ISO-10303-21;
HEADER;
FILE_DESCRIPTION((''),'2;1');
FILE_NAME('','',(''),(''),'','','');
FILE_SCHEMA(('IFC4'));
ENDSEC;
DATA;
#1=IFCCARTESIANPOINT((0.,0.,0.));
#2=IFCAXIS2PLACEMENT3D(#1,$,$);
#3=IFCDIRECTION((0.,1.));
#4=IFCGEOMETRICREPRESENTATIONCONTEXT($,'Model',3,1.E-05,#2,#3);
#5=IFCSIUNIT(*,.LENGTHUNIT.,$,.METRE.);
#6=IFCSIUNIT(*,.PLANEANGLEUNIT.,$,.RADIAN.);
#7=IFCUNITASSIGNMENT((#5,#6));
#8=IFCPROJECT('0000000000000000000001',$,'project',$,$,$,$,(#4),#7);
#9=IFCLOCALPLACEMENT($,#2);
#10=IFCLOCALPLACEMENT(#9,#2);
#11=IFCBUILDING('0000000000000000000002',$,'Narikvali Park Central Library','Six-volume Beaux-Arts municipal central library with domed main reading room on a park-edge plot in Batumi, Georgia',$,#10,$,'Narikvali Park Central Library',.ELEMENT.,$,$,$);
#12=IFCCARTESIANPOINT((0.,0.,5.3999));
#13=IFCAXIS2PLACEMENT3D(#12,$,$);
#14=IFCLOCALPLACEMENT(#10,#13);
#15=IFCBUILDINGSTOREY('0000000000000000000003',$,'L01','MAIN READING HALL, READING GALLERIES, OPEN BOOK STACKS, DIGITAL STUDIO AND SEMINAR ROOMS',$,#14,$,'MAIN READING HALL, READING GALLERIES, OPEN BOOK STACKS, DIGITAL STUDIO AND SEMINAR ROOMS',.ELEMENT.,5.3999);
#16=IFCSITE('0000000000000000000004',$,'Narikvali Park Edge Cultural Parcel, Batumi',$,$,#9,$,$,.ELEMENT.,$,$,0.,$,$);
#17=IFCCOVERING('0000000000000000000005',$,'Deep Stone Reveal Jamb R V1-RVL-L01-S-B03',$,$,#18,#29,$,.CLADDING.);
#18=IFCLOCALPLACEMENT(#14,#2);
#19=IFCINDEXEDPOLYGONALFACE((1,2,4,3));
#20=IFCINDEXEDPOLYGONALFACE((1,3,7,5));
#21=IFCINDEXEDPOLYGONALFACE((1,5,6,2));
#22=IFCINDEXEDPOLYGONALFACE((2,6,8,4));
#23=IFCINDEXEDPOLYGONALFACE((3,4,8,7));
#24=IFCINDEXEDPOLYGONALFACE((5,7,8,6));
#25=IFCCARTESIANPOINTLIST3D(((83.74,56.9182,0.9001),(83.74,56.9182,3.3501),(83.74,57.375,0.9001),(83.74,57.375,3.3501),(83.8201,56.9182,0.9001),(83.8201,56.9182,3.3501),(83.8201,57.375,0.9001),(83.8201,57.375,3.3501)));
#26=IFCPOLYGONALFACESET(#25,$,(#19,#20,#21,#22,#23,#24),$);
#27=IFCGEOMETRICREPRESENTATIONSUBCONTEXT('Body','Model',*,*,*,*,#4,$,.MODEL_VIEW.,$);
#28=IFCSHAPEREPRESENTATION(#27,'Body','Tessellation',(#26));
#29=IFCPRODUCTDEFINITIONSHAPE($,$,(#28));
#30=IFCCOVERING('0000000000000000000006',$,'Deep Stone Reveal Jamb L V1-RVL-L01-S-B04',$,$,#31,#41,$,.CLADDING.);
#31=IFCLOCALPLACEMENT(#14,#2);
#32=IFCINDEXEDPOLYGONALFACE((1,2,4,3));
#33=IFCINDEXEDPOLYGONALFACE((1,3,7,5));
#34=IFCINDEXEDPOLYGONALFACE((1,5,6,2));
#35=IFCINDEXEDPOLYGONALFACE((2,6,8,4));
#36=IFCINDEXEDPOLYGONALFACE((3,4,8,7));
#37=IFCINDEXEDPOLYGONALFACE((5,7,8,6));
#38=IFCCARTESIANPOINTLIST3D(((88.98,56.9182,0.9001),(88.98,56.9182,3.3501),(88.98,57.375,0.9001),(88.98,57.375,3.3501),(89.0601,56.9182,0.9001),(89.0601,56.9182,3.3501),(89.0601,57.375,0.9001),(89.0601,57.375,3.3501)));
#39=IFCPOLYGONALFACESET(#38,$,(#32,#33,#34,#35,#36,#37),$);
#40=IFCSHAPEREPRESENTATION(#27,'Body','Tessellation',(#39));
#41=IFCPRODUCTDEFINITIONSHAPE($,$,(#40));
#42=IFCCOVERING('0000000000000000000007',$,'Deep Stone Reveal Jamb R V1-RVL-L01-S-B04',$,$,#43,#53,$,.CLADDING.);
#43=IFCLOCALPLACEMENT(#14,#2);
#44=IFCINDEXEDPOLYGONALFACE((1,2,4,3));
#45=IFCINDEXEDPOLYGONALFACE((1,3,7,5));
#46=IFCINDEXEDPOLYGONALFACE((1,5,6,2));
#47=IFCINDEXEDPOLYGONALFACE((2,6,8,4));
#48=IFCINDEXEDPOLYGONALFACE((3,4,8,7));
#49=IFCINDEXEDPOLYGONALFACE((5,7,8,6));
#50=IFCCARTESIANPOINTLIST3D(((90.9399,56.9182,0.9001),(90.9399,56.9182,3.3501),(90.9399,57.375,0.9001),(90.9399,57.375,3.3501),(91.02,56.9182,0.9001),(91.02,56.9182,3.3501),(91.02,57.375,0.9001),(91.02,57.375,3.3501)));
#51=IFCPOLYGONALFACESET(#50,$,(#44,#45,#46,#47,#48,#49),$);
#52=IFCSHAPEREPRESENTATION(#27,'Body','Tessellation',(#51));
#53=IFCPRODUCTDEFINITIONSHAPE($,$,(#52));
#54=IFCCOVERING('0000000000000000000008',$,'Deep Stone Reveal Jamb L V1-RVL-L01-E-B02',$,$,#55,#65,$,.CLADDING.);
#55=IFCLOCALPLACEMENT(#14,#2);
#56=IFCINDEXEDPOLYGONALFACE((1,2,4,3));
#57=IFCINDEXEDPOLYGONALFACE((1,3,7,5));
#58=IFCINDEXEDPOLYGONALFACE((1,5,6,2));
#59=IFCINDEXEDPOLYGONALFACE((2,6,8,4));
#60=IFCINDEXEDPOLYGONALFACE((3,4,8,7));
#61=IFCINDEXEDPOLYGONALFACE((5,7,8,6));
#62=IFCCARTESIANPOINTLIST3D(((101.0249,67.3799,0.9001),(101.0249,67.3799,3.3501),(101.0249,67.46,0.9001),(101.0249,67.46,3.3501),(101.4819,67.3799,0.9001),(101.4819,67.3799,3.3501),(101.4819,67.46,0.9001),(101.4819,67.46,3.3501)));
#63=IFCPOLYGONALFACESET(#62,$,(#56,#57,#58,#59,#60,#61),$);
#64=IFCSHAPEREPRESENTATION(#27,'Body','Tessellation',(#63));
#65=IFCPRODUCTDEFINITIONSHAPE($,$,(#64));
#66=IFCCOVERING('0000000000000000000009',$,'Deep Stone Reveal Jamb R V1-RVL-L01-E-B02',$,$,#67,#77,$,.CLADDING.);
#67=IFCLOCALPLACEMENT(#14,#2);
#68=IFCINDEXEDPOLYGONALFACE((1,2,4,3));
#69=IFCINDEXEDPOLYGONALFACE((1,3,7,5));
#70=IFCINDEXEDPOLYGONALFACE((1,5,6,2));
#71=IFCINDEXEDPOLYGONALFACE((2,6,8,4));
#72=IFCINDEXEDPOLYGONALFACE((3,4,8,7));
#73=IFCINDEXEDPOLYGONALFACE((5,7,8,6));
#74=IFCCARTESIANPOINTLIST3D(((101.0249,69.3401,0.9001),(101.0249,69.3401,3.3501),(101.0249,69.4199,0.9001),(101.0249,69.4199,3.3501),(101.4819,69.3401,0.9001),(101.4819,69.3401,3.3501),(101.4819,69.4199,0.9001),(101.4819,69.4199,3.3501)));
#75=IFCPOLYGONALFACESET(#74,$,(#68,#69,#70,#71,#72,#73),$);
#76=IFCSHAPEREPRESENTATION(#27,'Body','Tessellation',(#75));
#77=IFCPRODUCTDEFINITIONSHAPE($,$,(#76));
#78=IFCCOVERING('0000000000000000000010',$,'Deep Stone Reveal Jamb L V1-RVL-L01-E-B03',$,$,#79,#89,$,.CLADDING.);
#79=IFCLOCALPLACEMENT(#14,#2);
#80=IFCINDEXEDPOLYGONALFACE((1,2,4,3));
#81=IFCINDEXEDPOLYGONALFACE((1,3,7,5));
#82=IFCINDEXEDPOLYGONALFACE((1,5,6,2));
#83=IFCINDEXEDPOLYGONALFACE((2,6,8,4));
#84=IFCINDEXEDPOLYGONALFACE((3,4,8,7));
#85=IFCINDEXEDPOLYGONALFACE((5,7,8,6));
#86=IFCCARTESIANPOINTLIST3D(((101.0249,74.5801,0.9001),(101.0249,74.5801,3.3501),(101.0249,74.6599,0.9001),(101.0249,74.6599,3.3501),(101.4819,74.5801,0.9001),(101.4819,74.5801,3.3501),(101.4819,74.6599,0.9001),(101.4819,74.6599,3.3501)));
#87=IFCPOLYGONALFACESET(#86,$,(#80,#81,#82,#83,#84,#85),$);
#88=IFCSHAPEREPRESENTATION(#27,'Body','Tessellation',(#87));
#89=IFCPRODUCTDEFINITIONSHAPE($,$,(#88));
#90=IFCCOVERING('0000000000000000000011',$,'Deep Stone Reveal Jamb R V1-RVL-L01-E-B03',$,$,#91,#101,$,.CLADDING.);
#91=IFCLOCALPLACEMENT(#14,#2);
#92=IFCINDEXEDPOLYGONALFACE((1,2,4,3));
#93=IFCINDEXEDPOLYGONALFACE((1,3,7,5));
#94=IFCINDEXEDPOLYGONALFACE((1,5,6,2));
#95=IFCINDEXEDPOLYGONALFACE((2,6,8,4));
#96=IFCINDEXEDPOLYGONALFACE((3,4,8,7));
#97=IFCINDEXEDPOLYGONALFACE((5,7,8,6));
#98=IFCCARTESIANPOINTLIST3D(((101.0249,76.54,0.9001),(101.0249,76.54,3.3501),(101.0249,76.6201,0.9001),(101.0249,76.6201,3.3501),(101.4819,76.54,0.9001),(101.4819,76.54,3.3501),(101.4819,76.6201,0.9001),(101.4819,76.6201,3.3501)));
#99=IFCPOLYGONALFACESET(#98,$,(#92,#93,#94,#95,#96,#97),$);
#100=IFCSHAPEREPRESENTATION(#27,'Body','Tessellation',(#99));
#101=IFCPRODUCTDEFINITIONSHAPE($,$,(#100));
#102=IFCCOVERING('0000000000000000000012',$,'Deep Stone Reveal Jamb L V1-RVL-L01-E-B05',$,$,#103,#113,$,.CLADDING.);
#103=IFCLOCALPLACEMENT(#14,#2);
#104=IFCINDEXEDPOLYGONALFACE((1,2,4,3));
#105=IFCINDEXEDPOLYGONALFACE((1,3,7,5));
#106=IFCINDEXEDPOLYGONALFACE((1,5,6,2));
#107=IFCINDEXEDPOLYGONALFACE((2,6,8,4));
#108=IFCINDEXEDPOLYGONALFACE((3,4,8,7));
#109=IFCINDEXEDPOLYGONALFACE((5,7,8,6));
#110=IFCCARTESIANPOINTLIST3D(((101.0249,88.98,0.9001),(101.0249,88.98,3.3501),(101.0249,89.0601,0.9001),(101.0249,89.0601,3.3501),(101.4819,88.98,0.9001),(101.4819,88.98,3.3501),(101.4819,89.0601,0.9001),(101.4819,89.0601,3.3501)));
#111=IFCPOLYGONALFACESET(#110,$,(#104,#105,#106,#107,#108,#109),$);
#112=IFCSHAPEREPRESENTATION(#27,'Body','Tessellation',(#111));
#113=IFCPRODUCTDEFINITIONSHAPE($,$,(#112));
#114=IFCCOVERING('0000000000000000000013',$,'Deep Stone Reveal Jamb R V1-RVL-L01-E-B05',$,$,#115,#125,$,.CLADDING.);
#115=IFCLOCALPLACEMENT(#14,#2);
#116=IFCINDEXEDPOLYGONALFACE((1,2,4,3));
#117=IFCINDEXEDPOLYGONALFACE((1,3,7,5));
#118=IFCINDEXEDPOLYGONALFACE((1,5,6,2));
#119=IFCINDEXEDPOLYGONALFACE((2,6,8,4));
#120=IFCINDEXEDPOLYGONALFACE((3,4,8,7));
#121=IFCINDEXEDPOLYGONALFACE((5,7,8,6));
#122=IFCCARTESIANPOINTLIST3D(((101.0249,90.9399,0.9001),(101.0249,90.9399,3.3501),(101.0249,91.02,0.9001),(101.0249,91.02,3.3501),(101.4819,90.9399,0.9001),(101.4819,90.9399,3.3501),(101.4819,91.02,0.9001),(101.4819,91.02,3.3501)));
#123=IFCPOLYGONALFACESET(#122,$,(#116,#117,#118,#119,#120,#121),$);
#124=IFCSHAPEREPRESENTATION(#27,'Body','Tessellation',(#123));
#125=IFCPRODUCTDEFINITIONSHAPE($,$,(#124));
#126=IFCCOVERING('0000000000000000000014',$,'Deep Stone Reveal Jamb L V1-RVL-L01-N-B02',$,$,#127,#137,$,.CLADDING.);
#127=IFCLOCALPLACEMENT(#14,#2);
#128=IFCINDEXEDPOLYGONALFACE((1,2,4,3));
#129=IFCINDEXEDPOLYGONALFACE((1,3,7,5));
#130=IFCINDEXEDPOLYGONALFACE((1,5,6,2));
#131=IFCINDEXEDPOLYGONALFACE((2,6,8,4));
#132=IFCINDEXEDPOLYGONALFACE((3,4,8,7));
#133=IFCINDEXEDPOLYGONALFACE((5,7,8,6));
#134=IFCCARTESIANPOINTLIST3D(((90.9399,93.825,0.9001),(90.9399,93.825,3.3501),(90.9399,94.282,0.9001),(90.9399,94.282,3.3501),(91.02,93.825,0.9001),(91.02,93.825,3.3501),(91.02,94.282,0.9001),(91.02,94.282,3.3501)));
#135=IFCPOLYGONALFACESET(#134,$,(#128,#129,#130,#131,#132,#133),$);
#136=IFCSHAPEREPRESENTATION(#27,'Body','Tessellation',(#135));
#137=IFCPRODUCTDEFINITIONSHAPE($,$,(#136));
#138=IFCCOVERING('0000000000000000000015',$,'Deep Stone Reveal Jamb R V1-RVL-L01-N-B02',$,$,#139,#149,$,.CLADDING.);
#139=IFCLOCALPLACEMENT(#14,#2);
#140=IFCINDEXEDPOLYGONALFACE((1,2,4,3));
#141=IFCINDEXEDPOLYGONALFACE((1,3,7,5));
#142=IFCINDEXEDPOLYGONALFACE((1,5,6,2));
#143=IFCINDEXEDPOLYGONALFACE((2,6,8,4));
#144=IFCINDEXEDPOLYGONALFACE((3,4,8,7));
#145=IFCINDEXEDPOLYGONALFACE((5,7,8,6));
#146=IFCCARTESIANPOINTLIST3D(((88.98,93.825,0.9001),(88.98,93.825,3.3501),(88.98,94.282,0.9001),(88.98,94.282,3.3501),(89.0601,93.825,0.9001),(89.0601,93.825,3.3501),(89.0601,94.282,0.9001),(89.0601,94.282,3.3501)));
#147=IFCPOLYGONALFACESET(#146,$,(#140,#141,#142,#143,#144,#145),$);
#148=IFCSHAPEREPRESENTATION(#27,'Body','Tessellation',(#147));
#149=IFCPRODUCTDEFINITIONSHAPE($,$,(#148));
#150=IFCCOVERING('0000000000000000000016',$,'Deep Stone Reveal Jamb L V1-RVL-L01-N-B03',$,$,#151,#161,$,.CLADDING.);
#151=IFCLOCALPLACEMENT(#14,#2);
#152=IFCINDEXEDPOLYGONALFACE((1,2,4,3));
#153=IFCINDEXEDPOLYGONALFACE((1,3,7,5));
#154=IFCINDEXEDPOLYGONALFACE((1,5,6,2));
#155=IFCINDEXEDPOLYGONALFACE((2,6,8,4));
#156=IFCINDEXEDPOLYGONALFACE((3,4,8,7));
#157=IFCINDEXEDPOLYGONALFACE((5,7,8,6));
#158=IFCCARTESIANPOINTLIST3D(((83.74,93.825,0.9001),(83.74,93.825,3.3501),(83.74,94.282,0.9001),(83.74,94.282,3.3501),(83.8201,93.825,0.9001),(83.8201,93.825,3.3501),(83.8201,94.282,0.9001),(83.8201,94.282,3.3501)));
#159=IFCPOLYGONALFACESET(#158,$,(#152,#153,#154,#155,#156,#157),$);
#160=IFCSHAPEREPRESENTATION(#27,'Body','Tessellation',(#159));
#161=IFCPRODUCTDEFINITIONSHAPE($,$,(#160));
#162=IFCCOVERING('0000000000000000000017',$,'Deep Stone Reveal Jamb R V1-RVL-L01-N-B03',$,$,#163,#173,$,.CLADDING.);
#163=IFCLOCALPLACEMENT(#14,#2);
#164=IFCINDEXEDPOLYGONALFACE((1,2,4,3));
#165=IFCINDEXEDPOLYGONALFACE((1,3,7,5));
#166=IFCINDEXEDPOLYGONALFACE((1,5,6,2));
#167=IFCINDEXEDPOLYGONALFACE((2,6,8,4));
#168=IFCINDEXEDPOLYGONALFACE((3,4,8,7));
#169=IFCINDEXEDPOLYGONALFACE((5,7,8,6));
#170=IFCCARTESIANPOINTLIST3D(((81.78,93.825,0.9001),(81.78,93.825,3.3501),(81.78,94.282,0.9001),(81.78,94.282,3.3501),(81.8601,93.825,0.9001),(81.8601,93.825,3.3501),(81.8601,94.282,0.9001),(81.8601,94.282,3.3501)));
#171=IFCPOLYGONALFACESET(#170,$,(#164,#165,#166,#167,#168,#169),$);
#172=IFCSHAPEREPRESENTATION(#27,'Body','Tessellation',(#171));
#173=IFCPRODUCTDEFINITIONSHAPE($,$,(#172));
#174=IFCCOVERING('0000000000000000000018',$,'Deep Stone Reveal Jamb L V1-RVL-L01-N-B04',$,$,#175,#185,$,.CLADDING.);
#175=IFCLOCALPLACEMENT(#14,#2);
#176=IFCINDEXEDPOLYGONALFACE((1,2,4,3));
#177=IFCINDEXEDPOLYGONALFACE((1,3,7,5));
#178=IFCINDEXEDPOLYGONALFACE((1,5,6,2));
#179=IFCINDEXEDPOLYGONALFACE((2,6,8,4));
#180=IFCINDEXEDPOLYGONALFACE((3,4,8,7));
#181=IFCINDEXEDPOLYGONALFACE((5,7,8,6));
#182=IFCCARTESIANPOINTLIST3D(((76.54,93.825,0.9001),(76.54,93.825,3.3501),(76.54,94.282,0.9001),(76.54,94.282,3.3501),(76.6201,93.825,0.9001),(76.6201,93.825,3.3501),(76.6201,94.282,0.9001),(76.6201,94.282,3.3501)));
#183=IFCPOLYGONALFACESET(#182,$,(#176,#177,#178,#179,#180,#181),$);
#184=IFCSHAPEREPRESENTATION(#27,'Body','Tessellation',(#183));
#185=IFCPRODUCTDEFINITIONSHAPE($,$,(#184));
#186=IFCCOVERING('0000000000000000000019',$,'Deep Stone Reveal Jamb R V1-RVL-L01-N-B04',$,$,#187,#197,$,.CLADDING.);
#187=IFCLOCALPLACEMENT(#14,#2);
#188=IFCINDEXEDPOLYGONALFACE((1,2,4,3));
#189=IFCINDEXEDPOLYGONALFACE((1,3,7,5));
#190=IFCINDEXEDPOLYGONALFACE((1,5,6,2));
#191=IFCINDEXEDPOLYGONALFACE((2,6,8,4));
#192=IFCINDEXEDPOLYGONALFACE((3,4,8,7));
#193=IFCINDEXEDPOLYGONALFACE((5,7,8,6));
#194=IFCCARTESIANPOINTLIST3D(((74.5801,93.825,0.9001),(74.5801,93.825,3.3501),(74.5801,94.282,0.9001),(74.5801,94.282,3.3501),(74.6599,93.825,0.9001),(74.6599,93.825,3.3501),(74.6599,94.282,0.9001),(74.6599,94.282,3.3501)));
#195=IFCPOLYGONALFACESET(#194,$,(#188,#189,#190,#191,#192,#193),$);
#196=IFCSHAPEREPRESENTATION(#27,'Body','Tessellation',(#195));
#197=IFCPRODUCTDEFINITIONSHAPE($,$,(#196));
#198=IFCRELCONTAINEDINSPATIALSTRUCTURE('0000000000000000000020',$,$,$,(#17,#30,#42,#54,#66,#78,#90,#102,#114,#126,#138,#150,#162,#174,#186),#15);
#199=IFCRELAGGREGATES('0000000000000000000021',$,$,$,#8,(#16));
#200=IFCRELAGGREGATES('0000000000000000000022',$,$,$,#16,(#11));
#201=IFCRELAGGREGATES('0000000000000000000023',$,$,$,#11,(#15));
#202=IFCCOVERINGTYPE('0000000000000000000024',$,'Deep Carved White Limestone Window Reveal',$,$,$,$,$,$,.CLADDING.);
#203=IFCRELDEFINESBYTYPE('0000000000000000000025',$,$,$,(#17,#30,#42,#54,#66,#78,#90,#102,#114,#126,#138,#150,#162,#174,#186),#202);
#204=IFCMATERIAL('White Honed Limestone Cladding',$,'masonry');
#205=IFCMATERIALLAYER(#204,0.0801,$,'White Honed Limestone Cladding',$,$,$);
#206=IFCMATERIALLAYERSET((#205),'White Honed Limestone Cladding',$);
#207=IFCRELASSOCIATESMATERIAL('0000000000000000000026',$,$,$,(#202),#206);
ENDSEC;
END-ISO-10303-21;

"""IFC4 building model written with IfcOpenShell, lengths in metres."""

from ifc_helpers import new_model, si_unit, direction, frame, origin, place, context, subcontext, project, spatial, polyline, outline, extrude, material, layer, layer_set, type_object, element, save


model = new_model("IFC4")

# Units and contexts
model_context = context("Model", 3, precision=1e-05, world=origin(), true_north=direction((0.0, 1.0)))
body_context = subcontext(model_context, "Body", "Model", "MODEL_VIEW")
ifc_project = project(units=[si_unit("LENGTHUNIT", "METRE"), si_unit("PLANEANGLEUNIT", "RADIAN")], contexts=[model_context])

# Site, building, storey
site_placement = place(None, origin())
site = spatial("IfcSite", under=ifc_project, at=site_placement, Name="Narikvali Park Edge Cultural Parcel, Batumi", CompositionType="ELEMENT", RefElevation=0.0)
building_placement = place(site_placement, origin())
building = spatial("IfcBuilding", under=site, at=building_placement, Name="Narikvali Park Central Library", Description="Six-volume Beaux-Arts municipal central library with domed main reading room on a park-edge plot in Batumi, Georgia", LongName="Narikvali Park Central Library", CompositionType="ELEMENT")
storey_placement = place(building_placement, frame((0.0, 0.0, 5.3999)))
storey = spatial("IfcBuildingStorey", under=building, at=storey_placement, Name="L01", Description="MAIN READING HALL, READING GALLERIES, OPEN BOOK STACKS, DIGITAL STUDIO AND SEMINAR ROOMS", LongName="MAIN READING HALL, READING GALLERIES, OPEN BOOK STACKS, DIGITAL STUDIO AND SEMINAR ROOMS", CompositionType="ELEMENT", Elevation=5.3999)

# Coverings
ifc_material = material(Name="White Honed Limestone Cladding", Category="masonry")
ifc_layer = layer(ifc_material, 0.0801, Name="White Honed Limestone Cladding")
ifc_layer_set = layer_set([ifc_layer], Name="White Honed Limestone Cladding")
covering_type = type_object("IfcCoveringType", Name="Deep Carved White Limestone Window Reveal", PredefinedType="CLADDING", material=ifc_layer_set)
covering_1_placement = place(storey_placement, frame((0.0, 0.0, 0.9001)))
element("IfcCovering", 1, at=covering_1_placement, inside=storey, type_object=covering_type, Name="Deep Stone Reveal Jamb R V1-RVL-L01-S-B03", PredefinedType="CLADDING", context=body_context, shape_type="SweptSolid", body=[
    extrude(outline(polyline([(83.74, 57.375), (83.8201, 57.375), (83.8201, 56.9182), (83.74, 56.9182), (83.74, 57.375)])), origin(), (0.0, 0.0, 1.0), 2.45),
])
covering_2_placement = place(storey_placement, frame((0.0, 0.0, 0.9001)))
element("IfcCovering", 2, at=covering_2_placement, inside=storey, type_object=covering_type, Name="Deep Stone Reveal Jamb L V1-RVL-L01-S-B04", PredefinedType="CLADDING", context=body_context, shape_type="SweptSolid", body=[
    extrude(outline(polyline([(88.98, 57.375), (89.0601, 57.375), (89.0601, 56.9182), (88.98, 56.9182), (88.98, 57.375)])), origin(), (0.0, 0.0, 1.0), 2.45),
])
covering_3_placement = place(storey_placement, frame((0.0, 0.0, 0.9001)))
element("IfcCovering", 3, at=covering_3_placement, inside=storey, type_object=covering_type, Name="Deep Stone Reveal Jamb R V1-RVL-L01-S-B04", PredefinedType="CLADDING", context=body_context, shape_type="SweptSolid", body=[
    extrude(outline(polyline([(90.9399, 57.375), (91.02, 57.375), (91.02, 56.9182), (90.9399, 56.9182), (90.9399, 57.375)])), origin(), (0.0, 0.0, 1.0), 2.45),
])
covering_4_placement = place(storey_placement, frame((0.0, 0.0, 0.9001)))
element("IfcCovering", 4, at=covering_4_placement, inside=storey, type_object=covering_type, Name="Deep Stone Reveal Jamb L V1-RVL-L01-E-B02", PredefinedType="CLADDING", context=body_context, shape_type="SweptSolid", body=[
    extrude(outline(polyline([(101.0249, 67.3799), (101.0249, 67.46), (101.4819, 67.46), (101.4819, 67.3799), (101.0249, 67.3799)])), origin(), (0.0, 0.0, 1.0), 2.45),
])
covering_5_placement = place(storey_placement, frame((0.0, 0.0, 0.9001)))
element("IfcCovering", 5, at=covering_5_placement, inside=storey, type_object=covering_type, Name="Deep Stone Reveal Jamb R V1-RVL-L01-E-B02", PredefinedType="CLADDING", context=body_context, shape_type="SweptSolid", body=[
    extrude(outline(polyline([(101.0249, 69.3401), (101.0249, 69.4199), (101.4819, 69.4199), (101.4819, 69.3401), (101.0249, 69.3401)])), origin(), (0.0, 0.0, 1.0), 2.45),
])
covering_6_placement = place(storey_placement, frame((0.0, 0.0, 0.9001)))
element("IfcCovering", 6, at=covering_6_placement, inside=storey, type_object=covering_type, Name="Deep Stone Reveal Jamb L V1-RVL-L01-E-B03", PredefinedType="CLADDING", context=body_context, shape_type="SweptSolid", body=[
    extrude(outline(polyline([(101.0249, 74.5801), (101.0249, 74.6599), (101.4819, 74.6599), (101.4819, 74.5801), (101.0249, 74.5801)])), origin(), (0.0, 0.0, 1.0), 2.45),
])
covering_7_placement = place(storey_placement, frame((0.0, 0.0, 0.9001)))
element("IfcCovering", 7, at=covering_7_placement, inside=storey, type_object=covering_type, Name="Deep Stone Reveal Jamb R V1-RVL-L01-E-B03", PredefinedType="CLADDING", context=body_context, shape_type="SweptSolid", body=[
    extrude(outline(polyline([(101.0249, 76.54), (101.0249, 76.6201), (101.4819, 76.6201), (101.4819, 76.54), (101.0249, 76.54)])), origin(), (0.0, 0.0, 1.0), 2.45),
])
covering_8_placement = place(storey_placement, frame((0.0, 0.0, 0.9001)))
element("IfcCovering", 8, at=covering_8_placement, inside=storey, type_object=covering_type, Name="Deep Stone Reveal Jamb L V1-RVL-L01-E-B05", PredefinedType="CLADDING", context=body_context, shape_type="SweptSolid", body=[
    extrude(outline(polyline([(101.0249, 88.98), (101.0249, 89.0601), (101.4819, 89.0601), (101.4819, 88.98), (101.0249, 88.98)])), origin(), (0.0, 0.0, 1.0), 2.45),
])
covering_9_placement = place(storey_placement, frame((0.0, 0.0, 0.9001)))
element("IfcCovering", 9, at=covering_9_placement, inside=storey, type_object=covering_type, Name="Deep Stone Reveal Jamb R V1-RVL-L01-E-B05", PredefinedType="CLADDING", context=body_context, shape_type="SweptSolid", body=[
    extrude(outline(polyline([(101.0249, 90.9399), (101.0249, 91.02), (101.4819, 91.02), (101.4819, 90.9399), (101.0249, 90.9399)])), origin(), (0.0, 0.0, 1.0), 2.45),
])
covering_10_placement = place(storey_placement, frame((0.0, 0.0, 0.9001)))
element("IfcCovering", 10, at=covering_10_placement, inside=storey, type_object=covering_type, Name="Deep Stone Reveal Jamb L V1-RVL-L01-N-B02", PredefinedType="CLADDING", context=body_context, shape_type="SweptSolid", body=[
    extrude(outline(polyline([(91.02, 93.825), (90.9399, 93.825), (90.9399, 94.282), (91.02, 94.282), (91.02, 93.825)])), origin(), (0.0, 0.0, 1.0), 2.45),
])
covering_11_placement = place(storey_placement, frame((0.0, 0.0, 0.9001)))
element("IfcCovering", 11, at=covering_11_placement, inside=storey, type_object=covering_type, Name="Deep Stone Reveal Jamb R V1-RVL-L01-N-B02", PredefinedType="CLADDING", context=body_context, shape_type="SweptSolid", body=[
    extrude(outline(polyline([(89.0601, 93.825), (88.98, 93.825), (88.98, 94.282), (89.0601, 94.282), (89.0601, 93.825)])), origin(), (0.0, 0.0, 1.0), 2.45),
])
covering_12_placement = place(storey_placement, frame((0.0, 0.0, 0.9001)))
element("IfcCovering", 12, at=covering_12_placement, inside=storey, type_object=covering_type, Name="Deep Stone Reveal Jamb L V1-RVL-L01-N-B03", PredefinedType="CLADDING", context=body_context, shape_type="SweptSolid", body=[
    extrude(outline(polyline([(83.8201, 93.825), (83.74, 93.825), (83.74, 94.282), (83.8201, 94.282), (83.8201, 93.825)])), origin(), (0.0, 0.0, 1.0), 2.45),
])
covering_13_placement = place(storey_placement, frame((0.0, 0.0, 0.9001)))
element("IfcCovering", 13, at=covering_13_placement, inside=storey, type_object=covering_type, Name="Deep Stone Reveal Jamb R V1-RVL-L01-N-B03", PredefinedType="CLADDING", context=body_context, shape_type="SweptSolid", body=[
    extrude(outline(polyline([(81.8601, 93.825), (81.78, 93.825), (81.78, 94.282), (81.8601, 94.282), (81.8601, 93.825)])), origin(), (0.0, 0.0, 1.0), 2.45),
])
covering_14_placement = place(storey_placement, frame((0.0, 0.0, 0.9001)))
element("IfcCovering", 14, at=covering_14_placement, inside=storey, type_object=covering_type, Name="Deep Stone Reveal Jamb L V1-RVL-L01-N-B04", PredefinedType="CLADDING", context=body_context, shape_type="SweptSolid", body=[
    extrude(outline(polyline([(76.6201, 93.825), (76.54, 93.825), (76.54, 94.282), (76.6201, 94.282), (76.6201, 93.825)])), origin(), (0.0, 0.0, 1.0), 2.45),
])
covering_15_placement = place(storey_placement, frame((0.0, 0.0, 0.9001)))
element("IfcCovering", 15, at=covering_15_placement, inside=storey, type_object=covering_type, Name="Deep Stone Reveal Jamb R V1-RVL-L01-N-B04", PredefinedType="CLADDING", context=body_context, shape_type="SweptSolid", body=[
    extrude(outline(polyline([(74.6599, 93.825), (74.5801, 93.825), (74.5801, 94.282), (74.6599, 94.282), (74.6599, 93.825)])), origin(), (0.0, 0.0, 1.0), 2.45),
])

save(model, "model.ifc")
